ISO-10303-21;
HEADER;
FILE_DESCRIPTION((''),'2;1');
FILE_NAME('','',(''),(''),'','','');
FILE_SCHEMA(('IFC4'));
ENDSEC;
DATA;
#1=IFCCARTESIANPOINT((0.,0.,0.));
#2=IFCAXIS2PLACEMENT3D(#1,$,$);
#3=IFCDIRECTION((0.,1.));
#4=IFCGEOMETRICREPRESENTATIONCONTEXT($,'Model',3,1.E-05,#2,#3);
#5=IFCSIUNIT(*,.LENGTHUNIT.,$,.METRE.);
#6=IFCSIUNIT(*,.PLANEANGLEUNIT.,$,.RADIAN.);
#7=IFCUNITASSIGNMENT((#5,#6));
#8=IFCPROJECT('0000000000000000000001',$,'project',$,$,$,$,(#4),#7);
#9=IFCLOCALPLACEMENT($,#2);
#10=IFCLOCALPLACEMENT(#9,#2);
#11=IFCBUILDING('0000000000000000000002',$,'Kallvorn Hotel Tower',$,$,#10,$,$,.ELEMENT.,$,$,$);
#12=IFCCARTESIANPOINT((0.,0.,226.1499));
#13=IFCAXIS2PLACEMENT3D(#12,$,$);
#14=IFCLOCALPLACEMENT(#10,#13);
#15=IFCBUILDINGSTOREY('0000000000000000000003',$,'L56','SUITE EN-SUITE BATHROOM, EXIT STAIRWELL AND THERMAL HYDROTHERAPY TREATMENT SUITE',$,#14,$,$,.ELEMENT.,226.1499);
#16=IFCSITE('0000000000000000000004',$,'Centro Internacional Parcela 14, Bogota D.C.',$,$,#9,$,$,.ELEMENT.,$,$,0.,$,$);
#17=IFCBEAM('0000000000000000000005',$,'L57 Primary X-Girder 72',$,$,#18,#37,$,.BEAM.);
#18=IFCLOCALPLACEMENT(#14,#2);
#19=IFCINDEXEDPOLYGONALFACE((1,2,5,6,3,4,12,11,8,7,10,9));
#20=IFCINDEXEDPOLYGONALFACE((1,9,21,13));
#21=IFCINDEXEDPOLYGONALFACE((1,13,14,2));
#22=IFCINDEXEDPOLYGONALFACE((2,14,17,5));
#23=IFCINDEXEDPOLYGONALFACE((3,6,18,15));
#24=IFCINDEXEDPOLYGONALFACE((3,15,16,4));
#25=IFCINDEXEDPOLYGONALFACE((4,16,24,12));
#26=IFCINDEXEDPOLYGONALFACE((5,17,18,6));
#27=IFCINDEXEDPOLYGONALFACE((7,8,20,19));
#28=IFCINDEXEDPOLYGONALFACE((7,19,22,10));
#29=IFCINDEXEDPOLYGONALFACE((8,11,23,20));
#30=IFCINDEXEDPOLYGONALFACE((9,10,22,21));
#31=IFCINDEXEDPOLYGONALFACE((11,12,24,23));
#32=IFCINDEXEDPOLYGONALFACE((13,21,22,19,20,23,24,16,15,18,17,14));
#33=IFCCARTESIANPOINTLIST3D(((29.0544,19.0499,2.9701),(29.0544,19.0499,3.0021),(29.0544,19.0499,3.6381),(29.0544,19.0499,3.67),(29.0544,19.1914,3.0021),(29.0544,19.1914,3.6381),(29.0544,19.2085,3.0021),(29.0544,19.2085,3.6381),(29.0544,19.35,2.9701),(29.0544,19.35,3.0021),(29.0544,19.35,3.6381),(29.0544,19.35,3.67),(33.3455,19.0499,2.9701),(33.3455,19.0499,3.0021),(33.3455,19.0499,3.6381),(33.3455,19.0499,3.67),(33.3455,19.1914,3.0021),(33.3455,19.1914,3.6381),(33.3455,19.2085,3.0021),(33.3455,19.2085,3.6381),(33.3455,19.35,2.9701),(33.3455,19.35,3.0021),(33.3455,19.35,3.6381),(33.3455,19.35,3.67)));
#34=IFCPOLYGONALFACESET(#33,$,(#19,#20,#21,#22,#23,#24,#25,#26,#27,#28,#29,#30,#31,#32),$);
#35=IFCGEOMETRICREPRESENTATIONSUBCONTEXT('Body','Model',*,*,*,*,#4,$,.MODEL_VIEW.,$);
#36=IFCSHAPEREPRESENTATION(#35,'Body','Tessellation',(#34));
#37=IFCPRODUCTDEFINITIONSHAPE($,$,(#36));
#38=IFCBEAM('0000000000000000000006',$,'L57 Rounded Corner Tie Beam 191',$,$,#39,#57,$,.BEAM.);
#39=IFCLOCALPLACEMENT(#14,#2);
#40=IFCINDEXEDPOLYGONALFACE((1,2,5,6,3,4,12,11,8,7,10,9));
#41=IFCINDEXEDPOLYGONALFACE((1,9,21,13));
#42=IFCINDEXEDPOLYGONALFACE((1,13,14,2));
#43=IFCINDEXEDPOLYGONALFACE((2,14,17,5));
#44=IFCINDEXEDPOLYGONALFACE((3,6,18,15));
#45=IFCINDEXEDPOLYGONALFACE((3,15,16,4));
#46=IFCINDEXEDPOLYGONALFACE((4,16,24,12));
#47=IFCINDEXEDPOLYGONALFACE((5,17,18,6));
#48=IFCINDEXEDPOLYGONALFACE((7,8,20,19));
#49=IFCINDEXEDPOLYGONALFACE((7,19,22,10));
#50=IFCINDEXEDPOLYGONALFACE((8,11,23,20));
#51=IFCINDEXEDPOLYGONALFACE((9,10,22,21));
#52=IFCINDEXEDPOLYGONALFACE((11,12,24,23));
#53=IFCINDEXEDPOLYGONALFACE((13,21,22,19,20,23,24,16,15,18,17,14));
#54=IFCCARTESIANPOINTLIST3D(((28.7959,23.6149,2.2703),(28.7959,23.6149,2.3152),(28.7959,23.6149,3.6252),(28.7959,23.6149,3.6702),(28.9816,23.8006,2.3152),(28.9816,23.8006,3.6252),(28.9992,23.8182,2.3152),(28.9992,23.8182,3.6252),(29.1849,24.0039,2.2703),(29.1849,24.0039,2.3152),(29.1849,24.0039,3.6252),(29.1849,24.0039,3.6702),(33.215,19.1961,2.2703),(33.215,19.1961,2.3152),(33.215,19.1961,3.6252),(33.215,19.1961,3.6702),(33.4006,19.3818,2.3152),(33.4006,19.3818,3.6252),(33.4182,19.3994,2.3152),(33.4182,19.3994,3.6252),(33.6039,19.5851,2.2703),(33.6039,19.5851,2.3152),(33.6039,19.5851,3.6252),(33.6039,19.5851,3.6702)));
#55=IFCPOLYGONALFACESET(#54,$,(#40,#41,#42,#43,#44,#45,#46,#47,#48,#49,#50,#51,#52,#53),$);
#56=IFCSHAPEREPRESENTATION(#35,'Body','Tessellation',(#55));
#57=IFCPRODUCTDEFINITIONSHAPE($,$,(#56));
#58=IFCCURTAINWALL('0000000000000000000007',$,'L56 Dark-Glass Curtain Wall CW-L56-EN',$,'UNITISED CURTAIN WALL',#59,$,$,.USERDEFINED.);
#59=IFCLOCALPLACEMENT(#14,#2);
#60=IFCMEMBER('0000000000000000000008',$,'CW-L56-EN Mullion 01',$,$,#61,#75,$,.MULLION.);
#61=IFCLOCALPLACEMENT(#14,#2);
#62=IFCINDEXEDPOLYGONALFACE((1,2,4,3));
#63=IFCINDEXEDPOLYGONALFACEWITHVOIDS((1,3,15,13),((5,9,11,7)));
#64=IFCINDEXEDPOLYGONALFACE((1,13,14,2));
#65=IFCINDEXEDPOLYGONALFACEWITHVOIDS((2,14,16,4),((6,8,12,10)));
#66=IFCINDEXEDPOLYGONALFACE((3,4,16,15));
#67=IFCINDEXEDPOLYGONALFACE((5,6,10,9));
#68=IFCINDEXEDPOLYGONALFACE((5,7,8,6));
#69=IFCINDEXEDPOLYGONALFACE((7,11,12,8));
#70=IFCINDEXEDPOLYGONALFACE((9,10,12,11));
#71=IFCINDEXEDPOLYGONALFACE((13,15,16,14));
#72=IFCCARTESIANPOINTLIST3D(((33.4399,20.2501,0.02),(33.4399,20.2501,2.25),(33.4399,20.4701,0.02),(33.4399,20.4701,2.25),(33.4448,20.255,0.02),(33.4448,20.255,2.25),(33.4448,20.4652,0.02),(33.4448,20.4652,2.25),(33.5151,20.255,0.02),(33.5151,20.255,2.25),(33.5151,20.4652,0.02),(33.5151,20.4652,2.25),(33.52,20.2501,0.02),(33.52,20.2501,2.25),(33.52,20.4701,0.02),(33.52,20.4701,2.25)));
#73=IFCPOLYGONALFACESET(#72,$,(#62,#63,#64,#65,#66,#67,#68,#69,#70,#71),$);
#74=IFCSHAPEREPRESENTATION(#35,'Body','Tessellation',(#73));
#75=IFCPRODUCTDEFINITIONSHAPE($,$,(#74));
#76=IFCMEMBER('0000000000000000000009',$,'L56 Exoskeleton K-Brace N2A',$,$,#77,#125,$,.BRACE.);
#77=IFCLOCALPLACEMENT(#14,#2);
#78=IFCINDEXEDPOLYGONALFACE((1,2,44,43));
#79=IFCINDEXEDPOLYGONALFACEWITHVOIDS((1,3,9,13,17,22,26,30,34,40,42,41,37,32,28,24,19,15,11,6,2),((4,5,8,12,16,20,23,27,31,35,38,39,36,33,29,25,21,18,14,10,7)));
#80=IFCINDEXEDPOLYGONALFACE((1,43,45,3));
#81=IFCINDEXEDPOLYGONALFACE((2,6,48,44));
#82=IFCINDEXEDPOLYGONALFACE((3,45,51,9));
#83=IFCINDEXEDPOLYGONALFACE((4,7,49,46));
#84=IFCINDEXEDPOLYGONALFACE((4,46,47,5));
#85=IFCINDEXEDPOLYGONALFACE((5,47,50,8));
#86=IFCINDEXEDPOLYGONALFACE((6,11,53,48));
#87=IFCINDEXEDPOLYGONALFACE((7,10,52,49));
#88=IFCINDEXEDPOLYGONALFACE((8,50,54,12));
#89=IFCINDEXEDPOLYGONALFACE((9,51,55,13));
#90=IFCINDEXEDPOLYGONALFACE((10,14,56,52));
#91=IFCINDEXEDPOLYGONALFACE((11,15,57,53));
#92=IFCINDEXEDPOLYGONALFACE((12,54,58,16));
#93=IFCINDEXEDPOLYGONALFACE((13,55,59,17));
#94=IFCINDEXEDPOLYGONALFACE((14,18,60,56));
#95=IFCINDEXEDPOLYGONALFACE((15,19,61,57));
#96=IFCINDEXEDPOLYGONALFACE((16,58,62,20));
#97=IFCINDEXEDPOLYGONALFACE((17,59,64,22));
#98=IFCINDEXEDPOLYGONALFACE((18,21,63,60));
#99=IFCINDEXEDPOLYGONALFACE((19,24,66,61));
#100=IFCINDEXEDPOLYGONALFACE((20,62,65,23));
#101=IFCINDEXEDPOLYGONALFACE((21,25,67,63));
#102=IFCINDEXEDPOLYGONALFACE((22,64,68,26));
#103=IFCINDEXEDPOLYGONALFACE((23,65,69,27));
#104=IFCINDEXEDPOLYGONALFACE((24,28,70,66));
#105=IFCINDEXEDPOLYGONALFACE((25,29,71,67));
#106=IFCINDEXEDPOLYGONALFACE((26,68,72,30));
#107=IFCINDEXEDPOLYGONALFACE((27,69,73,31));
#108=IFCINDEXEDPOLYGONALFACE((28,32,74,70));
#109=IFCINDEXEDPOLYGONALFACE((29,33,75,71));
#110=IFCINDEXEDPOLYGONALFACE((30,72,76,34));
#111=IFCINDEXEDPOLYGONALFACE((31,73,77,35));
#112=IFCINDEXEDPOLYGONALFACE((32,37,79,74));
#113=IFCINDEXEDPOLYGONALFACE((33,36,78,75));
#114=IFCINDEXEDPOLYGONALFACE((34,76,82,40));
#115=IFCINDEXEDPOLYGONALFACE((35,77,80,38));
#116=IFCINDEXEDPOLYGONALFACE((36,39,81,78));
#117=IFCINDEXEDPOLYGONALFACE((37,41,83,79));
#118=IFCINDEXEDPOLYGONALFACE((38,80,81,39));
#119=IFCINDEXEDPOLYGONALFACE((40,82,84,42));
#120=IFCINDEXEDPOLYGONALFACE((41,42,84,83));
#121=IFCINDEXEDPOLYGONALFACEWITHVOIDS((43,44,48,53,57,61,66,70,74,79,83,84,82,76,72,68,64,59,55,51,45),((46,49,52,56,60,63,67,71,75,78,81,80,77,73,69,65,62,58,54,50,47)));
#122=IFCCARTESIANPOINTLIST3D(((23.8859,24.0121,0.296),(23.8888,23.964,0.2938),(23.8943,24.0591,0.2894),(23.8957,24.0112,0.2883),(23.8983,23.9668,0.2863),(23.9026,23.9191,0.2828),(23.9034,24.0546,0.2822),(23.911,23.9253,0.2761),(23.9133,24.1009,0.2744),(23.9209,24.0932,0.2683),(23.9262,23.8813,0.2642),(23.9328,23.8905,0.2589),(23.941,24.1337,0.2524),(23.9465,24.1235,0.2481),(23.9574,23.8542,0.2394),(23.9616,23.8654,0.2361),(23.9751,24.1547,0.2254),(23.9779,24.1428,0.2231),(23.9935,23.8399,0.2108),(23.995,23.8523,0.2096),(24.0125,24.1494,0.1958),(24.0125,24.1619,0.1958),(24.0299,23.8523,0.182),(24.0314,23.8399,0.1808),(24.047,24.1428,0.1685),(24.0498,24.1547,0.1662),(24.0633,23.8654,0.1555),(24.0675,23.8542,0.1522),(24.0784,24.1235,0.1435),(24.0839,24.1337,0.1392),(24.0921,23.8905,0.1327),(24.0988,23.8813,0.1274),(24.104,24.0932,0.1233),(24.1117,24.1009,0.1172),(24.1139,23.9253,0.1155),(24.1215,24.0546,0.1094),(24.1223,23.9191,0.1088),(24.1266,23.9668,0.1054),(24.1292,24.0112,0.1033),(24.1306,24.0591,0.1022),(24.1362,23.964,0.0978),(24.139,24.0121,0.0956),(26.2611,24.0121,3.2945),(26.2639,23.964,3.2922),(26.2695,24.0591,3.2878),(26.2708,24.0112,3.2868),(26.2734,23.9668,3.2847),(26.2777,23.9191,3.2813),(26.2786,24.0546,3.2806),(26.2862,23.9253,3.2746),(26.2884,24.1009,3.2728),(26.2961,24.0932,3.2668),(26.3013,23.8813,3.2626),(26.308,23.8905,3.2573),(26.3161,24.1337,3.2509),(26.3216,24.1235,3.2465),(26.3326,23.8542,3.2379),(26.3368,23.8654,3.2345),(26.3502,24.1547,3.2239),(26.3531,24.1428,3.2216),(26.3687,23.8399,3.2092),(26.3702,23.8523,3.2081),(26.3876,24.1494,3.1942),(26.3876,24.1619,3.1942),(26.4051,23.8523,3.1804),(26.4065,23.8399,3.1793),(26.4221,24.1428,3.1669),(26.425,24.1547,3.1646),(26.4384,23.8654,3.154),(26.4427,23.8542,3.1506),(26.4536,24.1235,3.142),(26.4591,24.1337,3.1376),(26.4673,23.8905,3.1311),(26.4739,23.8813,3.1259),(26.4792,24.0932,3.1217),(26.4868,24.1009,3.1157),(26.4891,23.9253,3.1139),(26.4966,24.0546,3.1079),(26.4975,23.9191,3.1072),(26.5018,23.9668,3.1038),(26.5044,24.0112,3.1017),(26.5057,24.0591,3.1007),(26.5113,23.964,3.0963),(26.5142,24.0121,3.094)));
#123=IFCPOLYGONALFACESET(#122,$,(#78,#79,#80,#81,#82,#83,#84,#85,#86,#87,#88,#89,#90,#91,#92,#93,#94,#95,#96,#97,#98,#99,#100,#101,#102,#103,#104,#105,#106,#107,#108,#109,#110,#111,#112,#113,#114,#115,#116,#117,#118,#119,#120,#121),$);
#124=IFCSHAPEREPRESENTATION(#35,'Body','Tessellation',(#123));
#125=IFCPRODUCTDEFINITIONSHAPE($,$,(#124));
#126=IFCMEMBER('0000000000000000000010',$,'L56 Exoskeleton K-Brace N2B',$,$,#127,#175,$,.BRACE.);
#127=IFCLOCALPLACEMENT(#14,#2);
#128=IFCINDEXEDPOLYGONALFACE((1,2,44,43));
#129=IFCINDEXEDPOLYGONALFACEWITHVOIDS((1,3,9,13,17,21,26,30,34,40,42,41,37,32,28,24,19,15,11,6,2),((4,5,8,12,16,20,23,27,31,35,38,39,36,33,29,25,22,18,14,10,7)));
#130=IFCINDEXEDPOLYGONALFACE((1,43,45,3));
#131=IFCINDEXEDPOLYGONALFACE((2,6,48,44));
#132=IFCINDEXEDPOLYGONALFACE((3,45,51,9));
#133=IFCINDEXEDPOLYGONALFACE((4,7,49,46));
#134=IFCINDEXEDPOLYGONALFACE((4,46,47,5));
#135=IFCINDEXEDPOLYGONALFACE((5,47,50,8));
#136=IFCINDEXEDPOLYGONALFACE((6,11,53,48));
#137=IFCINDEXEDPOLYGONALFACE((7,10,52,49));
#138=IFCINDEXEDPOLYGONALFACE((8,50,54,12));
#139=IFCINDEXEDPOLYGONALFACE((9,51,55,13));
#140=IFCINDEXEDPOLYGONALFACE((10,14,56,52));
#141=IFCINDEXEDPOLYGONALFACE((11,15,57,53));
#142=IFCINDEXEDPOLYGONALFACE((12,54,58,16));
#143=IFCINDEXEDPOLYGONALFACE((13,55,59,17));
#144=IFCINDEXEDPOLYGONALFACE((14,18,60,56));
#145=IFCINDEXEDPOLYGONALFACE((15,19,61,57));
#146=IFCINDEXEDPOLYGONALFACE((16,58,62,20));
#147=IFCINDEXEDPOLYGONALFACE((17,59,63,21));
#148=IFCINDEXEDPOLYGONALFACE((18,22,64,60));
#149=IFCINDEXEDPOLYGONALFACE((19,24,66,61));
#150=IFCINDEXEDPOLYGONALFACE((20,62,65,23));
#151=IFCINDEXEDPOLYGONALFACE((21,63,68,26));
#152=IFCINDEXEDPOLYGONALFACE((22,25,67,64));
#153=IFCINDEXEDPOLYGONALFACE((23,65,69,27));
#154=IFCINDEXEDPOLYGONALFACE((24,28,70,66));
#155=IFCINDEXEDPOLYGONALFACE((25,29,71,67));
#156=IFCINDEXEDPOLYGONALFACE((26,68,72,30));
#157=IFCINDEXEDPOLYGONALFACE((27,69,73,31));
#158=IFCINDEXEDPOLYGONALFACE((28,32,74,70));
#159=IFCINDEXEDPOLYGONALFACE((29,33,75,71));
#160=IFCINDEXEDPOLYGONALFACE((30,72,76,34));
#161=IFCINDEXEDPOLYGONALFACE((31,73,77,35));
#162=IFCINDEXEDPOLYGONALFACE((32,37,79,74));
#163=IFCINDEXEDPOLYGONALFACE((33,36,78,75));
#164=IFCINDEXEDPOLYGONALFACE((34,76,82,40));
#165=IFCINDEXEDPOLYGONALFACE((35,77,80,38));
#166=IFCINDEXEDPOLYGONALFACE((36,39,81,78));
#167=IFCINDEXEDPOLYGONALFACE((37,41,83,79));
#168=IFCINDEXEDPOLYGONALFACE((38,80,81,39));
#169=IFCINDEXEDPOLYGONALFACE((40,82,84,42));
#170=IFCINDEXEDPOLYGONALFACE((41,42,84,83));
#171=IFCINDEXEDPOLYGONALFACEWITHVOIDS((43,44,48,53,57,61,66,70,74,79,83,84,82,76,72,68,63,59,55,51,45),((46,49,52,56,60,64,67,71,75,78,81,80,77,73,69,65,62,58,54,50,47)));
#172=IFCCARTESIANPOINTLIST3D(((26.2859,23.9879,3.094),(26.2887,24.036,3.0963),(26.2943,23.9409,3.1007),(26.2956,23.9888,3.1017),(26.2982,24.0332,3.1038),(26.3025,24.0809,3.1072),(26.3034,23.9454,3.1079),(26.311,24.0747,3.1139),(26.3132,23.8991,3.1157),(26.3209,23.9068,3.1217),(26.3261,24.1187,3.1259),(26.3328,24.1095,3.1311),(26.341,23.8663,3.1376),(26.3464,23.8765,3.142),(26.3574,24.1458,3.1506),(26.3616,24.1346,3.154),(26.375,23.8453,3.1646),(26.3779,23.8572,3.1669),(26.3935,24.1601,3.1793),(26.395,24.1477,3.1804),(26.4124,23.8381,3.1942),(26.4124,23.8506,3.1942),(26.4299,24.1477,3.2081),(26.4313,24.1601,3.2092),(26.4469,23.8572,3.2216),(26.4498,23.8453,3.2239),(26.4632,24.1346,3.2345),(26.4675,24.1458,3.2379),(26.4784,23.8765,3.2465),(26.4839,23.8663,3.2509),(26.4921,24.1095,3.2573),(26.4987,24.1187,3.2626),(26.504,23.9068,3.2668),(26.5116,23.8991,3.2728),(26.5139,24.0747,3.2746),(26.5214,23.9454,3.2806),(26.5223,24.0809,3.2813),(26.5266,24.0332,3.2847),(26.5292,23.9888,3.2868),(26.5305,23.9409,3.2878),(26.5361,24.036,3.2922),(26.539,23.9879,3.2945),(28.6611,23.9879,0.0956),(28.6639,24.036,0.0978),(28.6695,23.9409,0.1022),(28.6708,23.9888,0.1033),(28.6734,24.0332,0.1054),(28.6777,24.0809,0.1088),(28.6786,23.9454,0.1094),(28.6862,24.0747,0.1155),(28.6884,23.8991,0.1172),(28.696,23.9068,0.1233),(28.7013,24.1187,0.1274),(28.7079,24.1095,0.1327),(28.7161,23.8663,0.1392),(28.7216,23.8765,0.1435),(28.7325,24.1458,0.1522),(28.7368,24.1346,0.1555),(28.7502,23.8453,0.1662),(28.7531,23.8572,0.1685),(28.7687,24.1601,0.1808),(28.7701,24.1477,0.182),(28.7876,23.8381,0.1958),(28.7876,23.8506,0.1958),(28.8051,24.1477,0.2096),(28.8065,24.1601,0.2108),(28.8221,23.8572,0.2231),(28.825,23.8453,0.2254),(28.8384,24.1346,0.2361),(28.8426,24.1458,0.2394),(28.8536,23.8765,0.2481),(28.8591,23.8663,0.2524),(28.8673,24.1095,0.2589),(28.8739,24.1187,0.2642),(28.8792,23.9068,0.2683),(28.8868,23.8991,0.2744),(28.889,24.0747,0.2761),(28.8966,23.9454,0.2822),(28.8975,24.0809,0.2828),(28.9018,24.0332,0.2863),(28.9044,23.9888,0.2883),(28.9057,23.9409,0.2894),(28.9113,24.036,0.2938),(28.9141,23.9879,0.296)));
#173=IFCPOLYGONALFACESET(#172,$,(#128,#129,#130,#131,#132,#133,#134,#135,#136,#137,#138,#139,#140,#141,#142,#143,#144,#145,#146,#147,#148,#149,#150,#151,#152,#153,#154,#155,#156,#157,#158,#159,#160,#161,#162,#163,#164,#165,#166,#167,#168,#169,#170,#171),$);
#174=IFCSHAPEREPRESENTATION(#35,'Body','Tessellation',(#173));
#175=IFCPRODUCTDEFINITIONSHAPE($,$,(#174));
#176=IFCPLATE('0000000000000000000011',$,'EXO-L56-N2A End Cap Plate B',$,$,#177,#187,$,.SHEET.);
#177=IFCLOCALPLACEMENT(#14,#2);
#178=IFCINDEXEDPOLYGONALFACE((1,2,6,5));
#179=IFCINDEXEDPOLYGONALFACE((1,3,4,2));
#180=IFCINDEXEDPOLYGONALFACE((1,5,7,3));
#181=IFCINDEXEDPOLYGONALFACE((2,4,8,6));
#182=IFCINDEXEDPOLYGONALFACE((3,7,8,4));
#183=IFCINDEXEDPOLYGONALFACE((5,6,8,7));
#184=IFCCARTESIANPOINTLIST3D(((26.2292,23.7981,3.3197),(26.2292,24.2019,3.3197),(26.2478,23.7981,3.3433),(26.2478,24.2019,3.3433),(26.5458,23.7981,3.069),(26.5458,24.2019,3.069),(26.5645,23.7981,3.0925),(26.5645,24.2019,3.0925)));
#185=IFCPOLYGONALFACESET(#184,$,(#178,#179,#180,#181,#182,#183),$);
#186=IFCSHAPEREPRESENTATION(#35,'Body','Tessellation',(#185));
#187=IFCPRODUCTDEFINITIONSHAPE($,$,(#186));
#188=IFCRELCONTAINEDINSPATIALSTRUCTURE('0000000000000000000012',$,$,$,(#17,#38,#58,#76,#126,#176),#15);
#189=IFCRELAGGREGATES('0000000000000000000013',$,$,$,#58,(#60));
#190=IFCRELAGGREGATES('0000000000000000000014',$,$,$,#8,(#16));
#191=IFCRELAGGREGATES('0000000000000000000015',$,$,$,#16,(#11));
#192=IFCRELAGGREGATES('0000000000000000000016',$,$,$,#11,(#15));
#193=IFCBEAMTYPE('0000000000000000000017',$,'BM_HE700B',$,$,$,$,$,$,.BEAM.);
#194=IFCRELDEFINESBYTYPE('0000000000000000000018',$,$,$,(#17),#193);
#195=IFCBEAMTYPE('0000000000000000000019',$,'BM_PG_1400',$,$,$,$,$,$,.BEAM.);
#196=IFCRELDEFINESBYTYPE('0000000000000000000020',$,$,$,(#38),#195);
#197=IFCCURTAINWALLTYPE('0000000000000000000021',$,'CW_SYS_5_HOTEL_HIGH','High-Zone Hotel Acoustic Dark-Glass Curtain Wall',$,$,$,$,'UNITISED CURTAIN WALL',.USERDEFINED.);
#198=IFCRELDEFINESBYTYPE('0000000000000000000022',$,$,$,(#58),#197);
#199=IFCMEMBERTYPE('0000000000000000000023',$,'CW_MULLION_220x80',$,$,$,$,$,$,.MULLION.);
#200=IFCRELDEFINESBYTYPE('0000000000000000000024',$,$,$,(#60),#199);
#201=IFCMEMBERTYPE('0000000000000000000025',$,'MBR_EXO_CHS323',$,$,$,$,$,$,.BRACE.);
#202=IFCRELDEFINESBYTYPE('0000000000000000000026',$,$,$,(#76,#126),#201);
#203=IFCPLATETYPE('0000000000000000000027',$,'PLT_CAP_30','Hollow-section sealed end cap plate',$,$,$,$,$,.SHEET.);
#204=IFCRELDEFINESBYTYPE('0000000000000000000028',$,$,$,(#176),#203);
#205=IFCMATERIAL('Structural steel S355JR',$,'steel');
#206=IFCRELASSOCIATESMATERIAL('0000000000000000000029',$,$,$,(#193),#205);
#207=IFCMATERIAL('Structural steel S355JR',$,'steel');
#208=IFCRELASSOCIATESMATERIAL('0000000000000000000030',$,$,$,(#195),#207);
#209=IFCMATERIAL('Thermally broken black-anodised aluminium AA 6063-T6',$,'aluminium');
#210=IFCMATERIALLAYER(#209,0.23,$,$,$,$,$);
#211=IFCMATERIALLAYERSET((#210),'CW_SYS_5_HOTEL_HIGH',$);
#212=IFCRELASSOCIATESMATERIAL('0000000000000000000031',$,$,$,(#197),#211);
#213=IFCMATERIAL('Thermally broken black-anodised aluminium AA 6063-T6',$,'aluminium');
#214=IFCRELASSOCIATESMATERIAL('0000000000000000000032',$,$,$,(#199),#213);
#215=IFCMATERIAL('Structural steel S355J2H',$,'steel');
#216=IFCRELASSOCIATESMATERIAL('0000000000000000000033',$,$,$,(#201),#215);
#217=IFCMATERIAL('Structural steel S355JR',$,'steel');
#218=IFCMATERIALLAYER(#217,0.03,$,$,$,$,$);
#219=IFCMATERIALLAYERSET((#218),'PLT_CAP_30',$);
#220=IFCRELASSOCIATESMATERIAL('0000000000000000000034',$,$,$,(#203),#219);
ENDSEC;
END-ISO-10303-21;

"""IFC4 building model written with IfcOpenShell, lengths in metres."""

from ifc_helpers import new_model, si_unit, direction, frame, origin, origin_2d, place, context, subcontext, project, spatial, polyline, hollow_rectangle, hollow_circle, i_section, outline, extrude, material, layer, layer_set, material_profile, profile_set, type_object, element, aggregate, save


model = new_model("IFC4")

# Units and contexts
model_context = context("Model", 3, precision=1e-05, world=origin(), true_north=direction((0.0, 1.0)))
body_context = subcontext(model_context, "Body", "Model", "MODEL_VIEW")
ifc_project = project(units=[si_unit("LENGTHUNIT", "METRE"), si_unit("PLANEANGLEUNIT", "RADIAN")], contexts=[model_context])

# Site, building, storey
site_placement = place(None, origin())
site = spatial("IfcSite", under=ifc_project, at=site_placement, Name="Centro Internacional Parcela 14, Bogota D.C.", CompositionType="ELEMENT", RefElevation=0.0)
building_placement = place(site_placement, origin())
building = spatial("IfcBuilding", under=site, at=building_placement, Name="Kallvorn Hotel Tower", CompositionType="ELEMENT")
storey_placement = place(building_placement, frame((0.0, 0.0, 226.1499)))
storey = spatial("IfcBuildingStorey", under=building, at=storey_placement, Name="L56", Description="SUITE EN-SUITE BATHROOM, EXIT STAIRWELL AND THERMAL HYDROTHERAPY TREATMENT SUITE", CompositionType="ELEMENT", Elevation=226.1499)

# Beams
ifc_material_1 = material(Name="Structural steel S355JR", Category="steel")
ifc_material_profile_1 = material_profile(ifc_material_1, i_section(OverallWidth=0.3, OverallDepth=0.7, WebThickness=0.0171, FlangeThickness=0.032, at=origin_2d()), Name="HE 700 B")
ifc_profile_set_1 = profile_set([ifc_material_profile_1], Name="Structural steel S355JR")
beam_type_1 = type_object("IfcBeamType", Name="BM_HE700B", PredefinedType="BEAM", material=ifc_profile_set_1)
for number, where, z_axis, x_axis, name in (
    (1, (29.0544, 19.2, 3.3201), (1.0, 0.0, 0.0), (0.0, 1.0, 0.0), "L57 Primary X-Girder 72"),
):
    element("IfcBeam", number, at=place(storey_placement, frame(where, z_axis=z_axis, x_axis=x_axis)), inside=storey, type_object=beam_type_1, Name=name, PredefinedType="BEAM", context=body_context, shape_type="SweptSolid", body=[
        extrude(i_section(OverallWidth=0.3, OverallDepth=0.7, WebThickness=0.0171, FlangeThickness=0.032, at=origin_2d()), origin(), (0.0, 0.0, 1.0), 4.291),
    ])
ifc_material_2 = material(Name="Structural steel S355JR", Category="steel")
ifc_material_profile_2 = material_profile(ifc_material_2, i_section(OverallWidth=0.55, OverallDepth=1.3999, WebThickness=0.0249, FlangeThickness=0.0449, at=origin_2d()), Name="PG 1400x550x25x45")
ifc_profile_set_2 = profile_set([ifc_material_profile_2], Name="Structural steel S355JR")
beam_type_2 = type_object("IfcBeamType", Name="BM_PG_1400", PredefinedType="BEAM", material=ifc_profile_set_2)
beam_1_placement = place(storey_placement, frame((33.4094, 19.3906, 2.9702), z_axis=(-0.707126, 0.707087, 0.0), x_axis=(-0.707087, -0.707126, 0.0)))
element("IfcBeam", 2, at=beam_1_placement, inside=storey, type_object=beam_type_2, Name="L57 Rounded Corner Tie Beam 191", PredefinedType="BEAM", context=body_context, shape_type="SweptSolid", body=[
    extrude(i_section(OverallWidth=0.55, OverallDepth=1.3999, WebThickness=0.0249, FlangeThickness=0.0449, at=origin_2d()), origin(), (0.0, 0.0, 1.0), 6.2493),
])

# Curtain wall, member
ifc_material_3 = material(Name="Thermally broken black-anodised aluminium AA 6063-T6", Category="aluminium")
ifc_layer_1 = layer(ifc_material_3, 0.23)
ifc_layer_set_1 = layer_set([ifc_layer_1], Name="CW_SYS_5_HOTEL_HIGH")
curtain_wall_type = type_object("IfcCurtainWallType", Name="CW_SYS_5_HOTEL_HIGH", Description="High-Zone Hotel Acoustic Dark-Glass Curtain Wall", ElementType="UNITISED CURTAIN WALL", PredefinedType="USERDEFINED", material=ifc_layer_set_1)
curtain_wall_placement = place(storey_placement, origin())
curtain_wall = element("IfcCurtainWall", 3, at=curtain_wall_placement, inside=storey, type_object=curtain_wall_type, Name="L56 Dark-Glass Curtain Wall CW-L56-EN", ObjectType="UNITISED CURTAIN WALL", PredefinedType="USERDEFINED")
ifc_material_4 = material(Name="Thermally broken black-anodised aluminium AA 6063-T6", Category="aluminium")
ifc_material_profile_3 = material_profile(ifc_material_4, hollow_rectangle(XDim=0.0801, YDim=0.22, WallThickness=0.0049, at=origin_2d()), Name="MUL 220x80")
ifc_profile_set_3 = profile_set([ifc_material_profile_3], Name="Thermally broken black-anodised aluminium AA 6063-T6")
member_type_1 = type_object("IfcMemberType", Name="CW_MULLION_220x80", PredefinedType="MULLION", material=ifc_profile_set_3)
member_placement = place(storey_placement, frame((33.48, 20.3601, 0.02), z_axis=(0.0, 0.0, 1.0), x_axis=(1.0, 0.0, 0.0)))
member = element("IfcMember", 4, at=member_placement, type_object=member_type_1, Name="CW-L56-EN Mullion 01", PredefinedType="MULLION", context=body_context, shape_type="SweptSolid", body=[
    extrude(hollow_rectangle(XDim=0.0801, YDim=0.22, WallThickness=0.0049, at=origin_2d()), origin(), (0.0, 0.0, 1.0), 2.23),
])
aggregate(curtain_wall, [member])

# Members
ifc_material_5 = material(Name="Structural steel S355J2H", Category="steel")
ifc_material_profile_4 = material_profile(ifc_material_5, hollow_circle(Radius=0.1619, WallThickness=0.0125, at=origin_2d()), Name="CHS 323.9x12.5")
ifc_profile_set_4 = profile_set([ifc_material_profile_4], Name="Structural steel S355J2H")
member_type_2 = type_object("IfcMemberType", Name="MBR_EXO_CHS323", PredefinedType="BRACE", material=ifc_profile_set_4)
for number, where, z_axis, x_axis, name in (
    (5, (24.0125, 24.0, 0.1958), (0.620929, 0.0, 0.783867), (0.0, 1.0, 0.0), "L56 Exoskeleton K-Brace N2A"),
    (6, (28.7876, 24.0, 0.1958), (-0.620929, 0.0, 0.783867), (0.0, -1.0, 0.0), "L56 Exoskeleton K-Brace N2B"),
):
    element("IfcMember", number, at=place(storey_placement, frame(where, z_axis=z_axis, x_axis=x_axis)), inside=storey, type_object=member_type_2, Name=name, PredefinedType="BRACE", context=body_context, shape_type="SweptSolid", body=[
        extrude(hollow_circle(Radius=0.1619, WallThickness=0.0125, at=origin_2d()), origin(), (0.0, 0.0, 1.0), 3.8252),
    ])

# Plate
ifc_material_6 = material(Name="Structural steel S355JR", Category="steel")
ifc_layer_2 = layer(ifc_material_6, 0.03)
ifc_layer_set_2 = layer_set([ifc_layer_2], Name="PLT_CAP_30")
plate_type_1 = type_object("IfcPlateType", Name="PLT_CAP_30", Description="Hollow-section sealed end cap plate", PredefinedType="SHEET", material=ifc_layer_set_2)
plate_1_placement = place(storey_placement, frame((26.5645, 23.7981, 3.0925), z_axis=(0.62078, 0.0, 0.783985), x_axis=(0.0, 1.0, 0.0)))
element("IfcPlate", 7, at=plate_1_placement, inside=storey, type_object=plate_type_1, Name="EXO-L56-N2A End Cap Plate B", PredefinedType="SHEET", context=body_context, shape_type="SweptSolid", body=[
    extrude(outline(polyline([(0.0, 0.0), (0.4038, 0.0), (0.4038, 0.4039), (0.0, 0.4039), (0.0, 0.0)])), origin(), (0.0, 0.0, -1.0), 0.03),
])

save(model, "model.ifc")
